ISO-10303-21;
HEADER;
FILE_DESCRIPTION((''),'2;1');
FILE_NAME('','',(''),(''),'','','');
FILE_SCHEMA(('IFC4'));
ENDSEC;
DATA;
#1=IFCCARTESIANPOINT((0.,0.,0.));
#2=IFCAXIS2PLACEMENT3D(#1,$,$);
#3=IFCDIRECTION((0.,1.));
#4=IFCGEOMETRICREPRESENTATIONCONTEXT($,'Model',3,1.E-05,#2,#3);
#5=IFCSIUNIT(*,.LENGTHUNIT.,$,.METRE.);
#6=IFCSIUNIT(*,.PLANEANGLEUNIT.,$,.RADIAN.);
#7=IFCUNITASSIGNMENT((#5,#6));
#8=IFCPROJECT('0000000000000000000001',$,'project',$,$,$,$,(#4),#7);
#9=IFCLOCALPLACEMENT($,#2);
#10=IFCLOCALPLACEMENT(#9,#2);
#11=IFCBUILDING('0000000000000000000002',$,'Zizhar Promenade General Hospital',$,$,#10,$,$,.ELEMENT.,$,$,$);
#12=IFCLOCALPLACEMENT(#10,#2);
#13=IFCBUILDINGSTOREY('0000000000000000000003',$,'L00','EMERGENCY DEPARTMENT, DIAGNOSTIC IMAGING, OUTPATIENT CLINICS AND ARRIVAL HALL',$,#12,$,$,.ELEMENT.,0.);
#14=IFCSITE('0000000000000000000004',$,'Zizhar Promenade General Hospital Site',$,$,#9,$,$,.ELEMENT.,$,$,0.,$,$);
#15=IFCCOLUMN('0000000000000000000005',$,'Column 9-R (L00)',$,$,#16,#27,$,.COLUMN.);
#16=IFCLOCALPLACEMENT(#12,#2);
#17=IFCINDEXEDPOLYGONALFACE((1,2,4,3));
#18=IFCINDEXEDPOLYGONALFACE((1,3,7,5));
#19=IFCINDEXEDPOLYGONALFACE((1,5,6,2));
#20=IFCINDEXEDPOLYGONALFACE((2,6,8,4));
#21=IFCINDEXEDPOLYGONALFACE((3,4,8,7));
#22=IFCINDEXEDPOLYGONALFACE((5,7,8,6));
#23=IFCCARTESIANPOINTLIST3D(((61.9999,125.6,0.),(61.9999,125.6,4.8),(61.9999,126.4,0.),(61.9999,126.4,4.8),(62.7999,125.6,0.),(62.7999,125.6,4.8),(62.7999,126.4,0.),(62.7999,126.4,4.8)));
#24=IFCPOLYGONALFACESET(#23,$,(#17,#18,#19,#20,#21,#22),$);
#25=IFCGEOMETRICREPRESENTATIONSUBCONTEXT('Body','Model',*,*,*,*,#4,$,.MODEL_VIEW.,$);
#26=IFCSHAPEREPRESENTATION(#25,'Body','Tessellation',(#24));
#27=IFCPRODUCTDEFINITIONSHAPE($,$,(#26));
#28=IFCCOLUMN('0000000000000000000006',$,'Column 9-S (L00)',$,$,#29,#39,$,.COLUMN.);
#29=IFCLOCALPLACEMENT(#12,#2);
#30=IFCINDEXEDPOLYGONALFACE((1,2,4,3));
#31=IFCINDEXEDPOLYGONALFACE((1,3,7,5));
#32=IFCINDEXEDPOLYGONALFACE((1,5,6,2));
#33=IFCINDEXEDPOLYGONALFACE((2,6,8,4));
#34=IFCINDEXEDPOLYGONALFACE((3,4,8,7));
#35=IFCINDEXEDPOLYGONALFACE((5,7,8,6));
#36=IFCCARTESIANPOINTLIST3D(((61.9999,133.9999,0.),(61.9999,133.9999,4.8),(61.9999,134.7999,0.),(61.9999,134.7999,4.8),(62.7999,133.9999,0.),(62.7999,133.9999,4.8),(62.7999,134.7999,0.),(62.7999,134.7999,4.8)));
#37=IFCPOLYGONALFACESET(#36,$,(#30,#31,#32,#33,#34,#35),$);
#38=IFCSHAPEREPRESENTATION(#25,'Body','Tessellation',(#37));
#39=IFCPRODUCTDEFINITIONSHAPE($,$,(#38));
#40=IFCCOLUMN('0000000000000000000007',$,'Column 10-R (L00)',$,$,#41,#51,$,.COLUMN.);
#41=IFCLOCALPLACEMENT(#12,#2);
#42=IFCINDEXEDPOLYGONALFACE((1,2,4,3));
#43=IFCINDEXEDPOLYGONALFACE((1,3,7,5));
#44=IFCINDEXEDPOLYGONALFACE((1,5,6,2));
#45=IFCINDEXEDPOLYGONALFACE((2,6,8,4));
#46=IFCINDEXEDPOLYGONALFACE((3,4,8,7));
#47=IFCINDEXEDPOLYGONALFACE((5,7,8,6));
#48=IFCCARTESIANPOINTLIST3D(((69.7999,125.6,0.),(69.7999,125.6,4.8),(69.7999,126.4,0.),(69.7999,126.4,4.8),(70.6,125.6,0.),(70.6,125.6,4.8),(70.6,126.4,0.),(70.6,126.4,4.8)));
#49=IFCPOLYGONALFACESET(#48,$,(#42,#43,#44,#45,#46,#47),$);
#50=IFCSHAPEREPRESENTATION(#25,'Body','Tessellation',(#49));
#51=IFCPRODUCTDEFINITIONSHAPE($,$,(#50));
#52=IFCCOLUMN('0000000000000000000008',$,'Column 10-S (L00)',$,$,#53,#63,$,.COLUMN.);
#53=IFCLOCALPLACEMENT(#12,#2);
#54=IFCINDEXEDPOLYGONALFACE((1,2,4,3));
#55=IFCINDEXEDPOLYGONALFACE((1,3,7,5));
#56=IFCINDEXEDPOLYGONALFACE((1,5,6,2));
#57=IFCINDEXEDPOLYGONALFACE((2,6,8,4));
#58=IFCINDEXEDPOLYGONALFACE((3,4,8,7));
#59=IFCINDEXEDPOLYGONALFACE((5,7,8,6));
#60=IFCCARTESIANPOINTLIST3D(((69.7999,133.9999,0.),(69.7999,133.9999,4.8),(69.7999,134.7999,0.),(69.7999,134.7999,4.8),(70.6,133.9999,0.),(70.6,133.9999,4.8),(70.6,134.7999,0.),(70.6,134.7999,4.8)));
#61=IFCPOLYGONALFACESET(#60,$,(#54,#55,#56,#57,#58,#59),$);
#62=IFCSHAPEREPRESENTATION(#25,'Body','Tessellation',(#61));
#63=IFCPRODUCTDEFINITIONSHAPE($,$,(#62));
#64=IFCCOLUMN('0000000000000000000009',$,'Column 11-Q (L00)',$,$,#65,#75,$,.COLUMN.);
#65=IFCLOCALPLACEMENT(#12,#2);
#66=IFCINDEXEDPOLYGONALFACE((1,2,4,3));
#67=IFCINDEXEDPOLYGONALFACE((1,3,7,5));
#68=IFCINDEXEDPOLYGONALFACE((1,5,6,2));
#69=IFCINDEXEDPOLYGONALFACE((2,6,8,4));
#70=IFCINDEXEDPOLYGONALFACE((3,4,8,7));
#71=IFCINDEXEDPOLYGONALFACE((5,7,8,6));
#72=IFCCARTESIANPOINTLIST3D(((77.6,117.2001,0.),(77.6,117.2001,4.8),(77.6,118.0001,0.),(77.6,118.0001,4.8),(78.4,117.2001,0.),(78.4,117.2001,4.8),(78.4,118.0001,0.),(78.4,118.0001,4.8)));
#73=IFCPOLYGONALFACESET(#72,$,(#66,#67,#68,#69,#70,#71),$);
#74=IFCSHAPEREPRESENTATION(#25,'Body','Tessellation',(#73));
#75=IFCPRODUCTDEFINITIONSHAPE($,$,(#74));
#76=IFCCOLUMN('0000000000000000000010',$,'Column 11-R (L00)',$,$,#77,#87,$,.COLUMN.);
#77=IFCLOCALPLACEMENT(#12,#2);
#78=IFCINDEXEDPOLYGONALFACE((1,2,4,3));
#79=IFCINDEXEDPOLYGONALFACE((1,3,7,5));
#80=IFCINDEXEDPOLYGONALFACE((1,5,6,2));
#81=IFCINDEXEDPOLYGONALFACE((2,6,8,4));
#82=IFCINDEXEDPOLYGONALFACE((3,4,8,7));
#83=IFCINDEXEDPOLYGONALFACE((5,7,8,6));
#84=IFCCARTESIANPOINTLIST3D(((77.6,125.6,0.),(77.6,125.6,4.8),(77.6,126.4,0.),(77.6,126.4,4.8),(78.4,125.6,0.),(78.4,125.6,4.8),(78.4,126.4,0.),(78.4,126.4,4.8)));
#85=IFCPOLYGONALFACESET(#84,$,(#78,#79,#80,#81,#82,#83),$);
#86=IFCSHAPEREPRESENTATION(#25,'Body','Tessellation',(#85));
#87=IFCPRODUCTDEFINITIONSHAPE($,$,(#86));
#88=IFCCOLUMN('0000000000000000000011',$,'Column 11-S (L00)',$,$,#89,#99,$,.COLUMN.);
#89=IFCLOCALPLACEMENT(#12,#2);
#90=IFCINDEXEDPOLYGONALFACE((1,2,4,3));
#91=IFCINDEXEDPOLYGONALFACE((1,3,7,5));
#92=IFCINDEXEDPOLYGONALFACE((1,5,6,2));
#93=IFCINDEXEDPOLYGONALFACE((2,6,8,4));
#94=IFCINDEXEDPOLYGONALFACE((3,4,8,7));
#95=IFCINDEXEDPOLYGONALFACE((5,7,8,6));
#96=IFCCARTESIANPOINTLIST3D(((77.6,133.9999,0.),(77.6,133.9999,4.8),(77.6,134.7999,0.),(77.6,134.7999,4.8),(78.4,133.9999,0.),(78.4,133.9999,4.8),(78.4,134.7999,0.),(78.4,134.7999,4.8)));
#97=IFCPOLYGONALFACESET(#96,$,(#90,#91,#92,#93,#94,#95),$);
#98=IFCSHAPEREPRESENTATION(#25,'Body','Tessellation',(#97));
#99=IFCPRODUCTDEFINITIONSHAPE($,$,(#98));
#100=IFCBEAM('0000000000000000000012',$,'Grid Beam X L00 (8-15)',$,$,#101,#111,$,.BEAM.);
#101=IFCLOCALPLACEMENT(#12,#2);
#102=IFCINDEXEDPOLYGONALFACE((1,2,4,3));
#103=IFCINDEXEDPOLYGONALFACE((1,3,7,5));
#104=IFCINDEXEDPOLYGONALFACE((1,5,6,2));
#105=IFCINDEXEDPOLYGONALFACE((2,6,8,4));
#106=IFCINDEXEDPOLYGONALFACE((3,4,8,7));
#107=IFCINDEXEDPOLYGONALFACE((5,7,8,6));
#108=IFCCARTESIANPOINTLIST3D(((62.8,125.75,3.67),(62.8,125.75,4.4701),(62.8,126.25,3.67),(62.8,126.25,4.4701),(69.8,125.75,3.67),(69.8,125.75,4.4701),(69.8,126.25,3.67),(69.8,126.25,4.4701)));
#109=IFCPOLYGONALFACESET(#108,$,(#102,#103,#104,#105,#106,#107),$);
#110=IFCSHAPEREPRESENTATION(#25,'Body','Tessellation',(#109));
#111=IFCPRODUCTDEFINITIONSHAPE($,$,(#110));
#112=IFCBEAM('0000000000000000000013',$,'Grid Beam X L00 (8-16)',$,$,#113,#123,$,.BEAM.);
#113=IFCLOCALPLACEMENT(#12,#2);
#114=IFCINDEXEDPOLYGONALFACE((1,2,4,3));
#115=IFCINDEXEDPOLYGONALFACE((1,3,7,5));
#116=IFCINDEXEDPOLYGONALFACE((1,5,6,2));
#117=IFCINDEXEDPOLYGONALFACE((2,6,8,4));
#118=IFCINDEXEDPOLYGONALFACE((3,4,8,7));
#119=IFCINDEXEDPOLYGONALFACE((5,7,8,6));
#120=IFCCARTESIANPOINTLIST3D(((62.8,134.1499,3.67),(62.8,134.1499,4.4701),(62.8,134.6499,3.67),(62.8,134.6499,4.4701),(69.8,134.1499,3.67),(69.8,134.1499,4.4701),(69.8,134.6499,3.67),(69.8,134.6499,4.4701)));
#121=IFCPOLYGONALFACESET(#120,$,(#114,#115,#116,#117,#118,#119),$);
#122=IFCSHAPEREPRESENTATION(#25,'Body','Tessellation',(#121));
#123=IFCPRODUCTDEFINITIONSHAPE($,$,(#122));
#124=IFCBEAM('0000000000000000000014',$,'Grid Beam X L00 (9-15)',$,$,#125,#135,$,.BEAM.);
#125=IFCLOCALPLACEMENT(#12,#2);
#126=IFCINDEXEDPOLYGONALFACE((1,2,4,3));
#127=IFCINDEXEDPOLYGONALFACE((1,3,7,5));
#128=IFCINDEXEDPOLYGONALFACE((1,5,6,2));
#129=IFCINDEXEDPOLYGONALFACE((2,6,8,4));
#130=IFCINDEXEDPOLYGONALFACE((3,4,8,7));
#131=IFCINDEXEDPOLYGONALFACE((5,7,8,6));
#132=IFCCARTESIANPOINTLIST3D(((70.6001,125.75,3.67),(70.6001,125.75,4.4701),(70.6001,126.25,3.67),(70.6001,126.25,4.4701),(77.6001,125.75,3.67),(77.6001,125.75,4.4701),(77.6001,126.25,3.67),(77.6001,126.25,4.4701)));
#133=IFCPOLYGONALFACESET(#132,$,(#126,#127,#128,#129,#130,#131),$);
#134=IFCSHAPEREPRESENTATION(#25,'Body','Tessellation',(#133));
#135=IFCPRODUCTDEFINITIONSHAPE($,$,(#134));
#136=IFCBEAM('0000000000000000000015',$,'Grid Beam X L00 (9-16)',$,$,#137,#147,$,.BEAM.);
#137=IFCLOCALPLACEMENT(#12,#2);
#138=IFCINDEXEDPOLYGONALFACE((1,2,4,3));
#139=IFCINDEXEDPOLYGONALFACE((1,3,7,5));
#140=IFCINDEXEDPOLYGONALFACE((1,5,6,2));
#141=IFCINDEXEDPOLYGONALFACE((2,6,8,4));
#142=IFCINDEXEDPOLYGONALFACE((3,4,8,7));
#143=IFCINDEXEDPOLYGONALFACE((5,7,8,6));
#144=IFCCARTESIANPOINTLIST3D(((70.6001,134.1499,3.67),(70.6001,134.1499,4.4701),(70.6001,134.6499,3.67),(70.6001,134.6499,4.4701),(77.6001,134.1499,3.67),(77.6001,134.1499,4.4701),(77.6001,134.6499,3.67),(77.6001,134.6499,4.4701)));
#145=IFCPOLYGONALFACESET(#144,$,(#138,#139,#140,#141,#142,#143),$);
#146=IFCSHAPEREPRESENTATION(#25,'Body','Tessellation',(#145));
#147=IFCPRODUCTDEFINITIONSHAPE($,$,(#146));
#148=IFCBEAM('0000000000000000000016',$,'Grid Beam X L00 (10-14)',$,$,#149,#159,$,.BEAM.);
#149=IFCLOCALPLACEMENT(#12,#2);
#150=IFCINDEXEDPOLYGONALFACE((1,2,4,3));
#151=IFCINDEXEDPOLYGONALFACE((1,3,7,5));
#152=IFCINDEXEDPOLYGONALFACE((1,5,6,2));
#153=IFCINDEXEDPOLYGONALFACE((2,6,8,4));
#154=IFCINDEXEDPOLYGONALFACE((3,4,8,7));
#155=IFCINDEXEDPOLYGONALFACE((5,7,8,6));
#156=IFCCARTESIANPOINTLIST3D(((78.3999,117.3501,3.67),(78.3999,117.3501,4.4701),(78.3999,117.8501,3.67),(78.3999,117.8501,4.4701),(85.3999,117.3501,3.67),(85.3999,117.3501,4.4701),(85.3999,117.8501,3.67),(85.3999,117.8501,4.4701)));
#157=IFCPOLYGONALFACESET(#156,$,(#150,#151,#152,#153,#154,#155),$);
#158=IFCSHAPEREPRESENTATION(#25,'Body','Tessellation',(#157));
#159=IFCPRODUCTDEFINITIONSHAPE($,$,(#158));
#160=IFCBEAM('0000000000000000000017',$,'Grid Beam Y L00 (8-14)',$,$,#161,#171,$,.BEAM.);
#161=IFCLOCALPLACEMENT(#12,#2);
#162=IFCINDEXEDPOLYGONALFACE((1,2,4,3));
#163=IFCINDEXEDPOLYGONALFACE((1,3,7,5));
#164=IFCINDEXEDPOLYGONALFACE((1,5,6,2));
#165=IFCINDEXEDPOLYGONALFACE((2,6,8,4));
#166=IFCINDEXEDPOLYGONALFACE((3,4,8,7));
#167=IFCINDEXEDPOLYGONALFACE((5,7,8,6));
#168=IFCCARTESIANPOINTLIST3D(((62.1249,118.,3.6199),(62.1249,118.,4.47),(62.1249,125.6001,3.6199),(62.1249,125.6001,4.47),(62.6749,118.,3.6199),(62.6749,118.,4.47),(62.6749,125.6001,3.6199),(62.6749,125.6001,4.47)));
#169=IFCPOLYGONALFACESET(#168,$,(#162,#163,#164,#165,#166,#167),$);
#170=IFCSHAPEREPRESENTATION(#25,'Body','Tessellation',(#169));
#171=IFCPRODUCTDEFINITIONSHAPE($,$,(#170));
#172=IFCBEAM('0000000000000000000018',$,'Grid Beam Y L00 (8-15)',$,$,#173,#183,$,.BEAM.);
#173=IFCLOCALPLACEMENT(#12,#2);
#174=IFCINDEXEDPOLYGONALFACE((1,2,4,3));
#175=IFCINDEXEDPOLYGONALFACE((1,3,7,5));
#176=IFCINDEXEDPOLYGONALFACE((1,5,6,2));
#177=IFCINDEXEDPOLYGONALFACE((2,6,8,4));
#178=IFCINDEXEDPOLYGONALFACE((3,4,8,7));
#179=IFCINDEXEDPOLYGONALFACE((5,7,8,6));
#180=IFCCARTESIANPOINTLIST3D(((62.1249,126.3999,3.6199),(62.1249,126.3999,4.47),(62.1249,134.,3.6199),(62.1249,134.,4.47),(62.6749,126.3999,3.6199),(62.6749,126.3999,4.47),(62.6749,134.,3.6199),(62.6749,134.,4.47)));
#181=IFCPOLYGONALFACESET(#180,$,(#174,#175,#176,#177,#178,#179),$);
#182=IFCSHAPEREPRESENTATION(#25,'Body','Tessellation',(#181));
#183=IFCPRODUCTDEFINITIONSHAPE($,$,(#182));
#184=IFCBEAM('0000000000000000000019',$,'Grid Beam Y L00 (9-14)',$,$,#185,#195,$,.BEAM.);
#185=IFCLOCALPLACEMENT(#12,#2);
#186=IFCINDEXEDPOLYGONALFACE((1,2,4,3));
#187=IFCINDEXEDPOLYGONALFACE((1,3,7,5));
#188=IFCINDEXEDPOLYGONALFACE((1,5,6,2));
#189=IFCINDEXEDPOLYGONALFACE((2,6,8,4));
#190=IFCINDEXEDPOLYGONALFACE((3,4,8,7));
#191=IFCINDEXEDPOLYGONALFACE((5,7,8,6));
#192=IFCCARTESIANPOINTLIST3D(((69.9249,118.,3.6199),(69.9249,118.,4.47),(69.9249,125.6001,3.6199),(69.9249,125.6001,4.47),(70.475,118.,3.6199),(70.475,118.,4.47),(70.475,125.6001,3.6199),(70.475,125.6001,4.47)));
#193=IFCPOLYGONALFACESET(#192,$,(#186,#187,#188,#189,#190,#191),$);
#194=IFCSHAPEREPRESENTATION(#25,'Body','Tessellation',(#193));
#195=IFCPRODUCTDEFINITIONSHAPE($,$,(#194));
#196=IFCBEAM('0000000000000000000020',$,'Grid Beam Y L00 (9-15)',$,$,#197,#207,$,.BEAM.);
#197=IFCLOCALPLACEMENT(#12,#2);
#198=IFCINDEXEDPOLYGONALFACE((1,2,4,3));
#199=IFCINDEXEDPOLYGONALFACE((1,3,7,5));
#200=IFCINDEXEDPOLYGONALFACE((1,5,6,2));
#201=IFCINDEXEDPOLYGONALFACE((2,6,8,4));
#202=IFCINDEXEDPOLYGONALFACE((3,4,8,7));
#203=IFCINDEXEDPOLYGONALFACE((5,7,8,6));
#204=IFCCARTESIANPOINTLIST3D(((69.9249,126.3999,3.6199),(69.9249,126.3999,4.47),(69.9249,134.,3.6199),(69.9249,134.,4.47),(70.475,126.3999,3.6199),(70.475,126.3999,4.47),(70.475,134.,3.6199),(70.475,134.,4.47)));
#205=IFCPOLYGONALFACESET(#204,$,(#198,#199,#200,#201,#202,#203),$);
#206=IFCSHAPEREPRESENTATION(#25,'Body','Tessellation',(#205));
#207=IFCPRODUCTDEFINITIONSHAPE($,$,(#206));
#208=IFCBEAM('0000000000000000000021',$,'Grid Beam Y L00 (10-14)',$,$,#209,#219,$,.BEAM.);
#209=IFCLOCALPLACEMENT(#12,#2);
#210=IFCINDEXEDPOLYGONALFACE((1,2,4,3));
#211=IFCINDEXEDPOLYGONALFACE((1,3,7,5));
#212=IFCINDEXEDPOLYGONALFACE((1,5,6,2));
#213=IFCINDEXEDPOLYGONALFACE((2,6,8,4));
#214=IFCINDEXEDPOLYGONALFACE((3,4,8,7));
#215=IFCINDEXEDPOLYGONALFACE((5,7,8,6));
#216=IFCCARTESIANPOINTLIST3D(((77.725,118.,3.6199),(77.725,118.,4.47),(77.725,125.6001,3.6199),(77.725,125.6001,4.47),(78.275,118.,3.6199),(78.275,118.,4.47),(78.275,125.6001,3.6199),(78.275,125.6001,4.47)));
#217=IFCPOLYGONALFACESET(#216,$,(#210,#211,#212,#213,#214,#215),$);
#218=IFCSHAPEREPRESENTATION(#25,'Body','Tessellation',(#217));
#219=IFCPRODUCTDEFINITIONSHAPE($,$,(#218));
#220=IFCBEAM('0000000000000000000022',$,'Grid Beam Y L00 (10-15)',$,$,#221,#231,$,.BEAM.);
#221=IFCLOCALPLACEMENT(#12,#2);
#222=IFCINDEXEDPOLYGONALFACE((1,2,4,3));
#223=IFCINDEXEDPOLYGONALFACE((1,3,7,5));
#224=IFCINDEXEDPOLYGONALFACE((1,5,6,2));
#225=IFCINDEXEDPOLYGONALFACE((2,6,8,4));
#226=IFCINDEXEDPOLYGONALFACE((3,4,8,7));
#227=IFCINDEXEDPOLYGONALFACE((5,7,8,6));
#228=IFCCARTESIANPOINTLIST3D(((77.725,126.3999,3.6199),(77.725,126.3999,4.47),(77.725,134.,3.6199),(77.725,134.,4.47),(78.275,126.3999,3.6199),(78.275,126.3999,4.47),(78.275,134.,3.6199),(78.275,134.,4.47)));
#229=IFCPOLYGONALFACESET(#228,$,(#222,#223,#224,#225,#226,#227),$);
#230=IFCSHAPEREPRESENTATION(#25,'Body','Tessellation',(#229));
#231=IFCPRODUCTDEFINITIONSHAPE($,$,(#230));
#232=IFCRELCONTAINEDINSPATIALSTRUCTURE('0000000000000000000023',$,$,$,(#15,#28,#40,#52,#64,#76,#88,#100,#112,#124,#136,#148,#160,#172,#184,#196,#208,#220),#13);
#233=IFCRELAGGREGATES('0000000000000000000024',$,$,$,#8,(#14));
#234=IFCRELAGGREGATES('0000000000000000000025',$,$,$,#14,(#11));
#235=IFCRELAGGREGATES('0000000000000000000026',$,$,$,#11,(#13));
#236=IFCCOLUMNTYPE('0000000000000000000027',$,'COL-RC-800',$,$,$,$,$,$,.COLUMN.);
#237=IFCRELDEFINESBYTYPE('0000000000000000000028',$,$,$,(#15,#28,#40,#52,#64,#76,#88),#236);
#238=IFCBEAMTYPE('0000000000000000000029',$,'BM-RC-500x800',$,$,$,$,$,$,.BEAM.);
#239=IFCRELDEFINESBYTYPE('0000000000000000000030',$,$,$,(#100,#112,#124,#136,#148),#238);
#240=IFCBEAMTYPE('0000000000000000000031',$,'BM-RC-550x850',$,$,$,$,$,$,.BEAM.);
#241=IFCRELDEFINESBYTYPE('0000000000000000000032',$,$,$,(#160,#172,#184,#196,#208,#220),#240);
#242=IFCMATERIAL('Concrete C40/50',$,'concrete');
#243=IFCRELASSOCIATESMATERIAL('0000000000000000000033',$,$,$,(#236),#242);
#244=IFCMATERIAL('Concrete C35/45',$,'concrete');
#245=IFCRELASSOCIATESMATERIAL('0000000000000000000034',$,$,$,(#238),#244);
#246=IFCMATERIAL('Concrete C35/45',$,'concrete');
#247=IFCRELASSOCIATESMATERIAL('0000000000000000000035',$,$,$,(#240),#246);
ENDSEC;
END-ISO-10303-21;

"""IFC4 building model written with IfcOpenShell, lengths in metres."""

from ifc_helpers import new_model, si_unit, direction, frame, origin, origin_2d, place, context, subcontext, project, spatial, rectangle, extrude, material, material_profile, profile_set, type_object, element, save


model = new_model("IFC4")

# Units and contexts
model_context = context("Model", 3, precision=1e-05, world=origin(), true_north=direction((0.0, 1.0)))
body_context = subcontext(model_context, "Body", "Model", "MODEL_VIEW")
ifc_project = project(units=[si_unit("LENGTHUNIT", "METRE"), si_unit("PLANEANGLEUNIT", "RADIAN")], contexts=[model_context])

# Site, building, storey
site_placement = place(None, origin())
site = spatial("IfcSite", under=ifc_project, at=site_placement, Name="Zizhar Promenade General Hospital Site", CompositionType="ELEMENT", RefElevation=0.0)
building_placement = place(site_placement, origin())
building = spatial("IfcBuilding", under=site, at=building_placement, Name="Zizhar Promenade General Hospital", CompositionType="ELEMENT")
storey_placement = place(building_placement, origin())
storey = spatial("IfcBuildingStorey", under=building, at=storey_placement, Name="L00", Description="EMERGENCY DEPARTMENT, DIAGNOSTIC IMAGING, OUTPATIENT CLINICS AND ARRIVAL HALL", CompositionType="ELEMENT", Elevation=0.0)

# Columns
ifc_material_1 = material(Name="Concrete C40/50", Category="concrete")
ifc_material_profile_1 = material_profile(ifc_material_1, rectangle(XDim=0.8, YDim=0.8, at=origin_2d()))
ifc_profile_set_1 = profile_set([ifc_material_profile_1], Name="Concrete C40/50")
column_type = type_object("IfcColumnType", Name="COL-RC-800", PredefinedType="COLUMN", material=ifc_profile_set_1)
for number, where, z_axis, x_axis, name in (
    (1, (62.3999, 126.0, 0.0), (0.0, 0.0, 1.0), (1.0, 0.0, 0.0), "Column 9-R (L00)"),
    (2, (62.3999, 134.3999, 0.0), (0.0, 0.0, 1.0), (1.0, 0.0, 0.0), "Column 9-S (L00)"),
    (3, (70.2, 126.0, 0.0), (0.0, 0.0, 1.0), (1.0, 0.0, 0.0), "Column 10-R (L00)"),
    (4, (70.2, 134.3999, 0.0), (0.0, 0.0, 1.0), (1.0, 0.0, 0.0), "Column 10-S (L00)"),
    (5, (78.0, 117.6001, 0.0), (0.0, 0.0, 1.0), (1.0, 0.0, 0.0), "Column 11-Q (L00)"),
    (6, (78.0, 126.0, 0.0), (0.0, 0.0, 1.0), (1.0, 0.0, 0.0), "Column 11-R (L00)"),
    (7, (78.0, 134.3999, 0.0), (0.0, 0.0, 1.0), (1.0, 0.0, 0.0), "Column 11-S (L00)"),
):
    element("IfcColumn", number, at=place(storey_placement, frame(where, z_axis=z_axis, x_axis=x_axis)), inside=storey, type_object=column_type, Name=name, PredefinedType="COLUMN", context=body_context, shape_type="SweptSolid", body=[
        extrude(rectangle(XDim=0.8, YDim=0.8, at=origin_2d()), origin(), (0.0, 0.0, 1.0), 4.8),
    ])

# Beams
ifc_material_2 = material(Name="Concrete C35/45", Category="concrete")
ifc_material_profile_2 = material_profile(ifc_material_2, rectangle(XDim=0.5, YDim=0.8, at=origin_2d()))
ifc_profile_set_2 = profile_set([ifc_material_profile_2], Name="Concrete C35/45")
beam_type_1 = type_object("IfcBeamType", Name="BM-RC-500x800", PredefinedType="BEAM", material=ifc_profile_set_2)
for number, where, z_axis, x_axis, name in (
    (8, (62.8, 126.0, 4.0701), (1.0, 0.0, 0.0), (0.0, 1.0, 0.0), "Grid Beam X L00 (8-15)"),
    (9, (62.8, 134.3999, 4.0701), (1.0, 0.0, 0.0), (0.0, 1.0, 0.0), "Grid Beam X L00 (8-16)"),
    (10, (70.6001, 126.0, 4.0701), (1.0, 0.0, 0.0), (0.0, 1.0, 0.0), "Grid Beam X L00 (9-15)"),
    (11, (70.6001, 134.3999, 4.0701), (1.0, 0.0, 0.0), (0.0, 1.0, 0.0), "Grid Beam X L00 (9-16)"),
    (12, (78.3999, 117.6001, 4.0701), (1.0, 0.0, 0.0), (0.0, 1.0, 0.0), "Grid Beam X L00 (10-14)"),
):
    element("IfcBeam", number, at=place(storey_placement, frame(where, z_axis=z_axis, x_axis=x_axis)), inside=storey, type_object=beam_type_1, Name=name, PredefinedType="BEAM", context=body_context, shape_type="SweptSolid", body=[
        extrude(rectangle(XDim=0.5, YDim=0.8, at=origin_2d()), origin(), (0.0, 0.0, 1.0), 7.0),
    ])
ifc_material_3 = material(Name="Concrete C35/45", Category="concrete")
ifc_material_profile_3 = material_profile(ifc_material_3, rectangle(XDim=0.55, YDim=0.8501, at=origin_2d()))
ifc_profile_set_3 = profile_set([ifc_material_profile_3], Name="Concrete C35/45")
beam_type_2 = type_object("IfcBeamType", Name="BM-RC-550x850", PredefinedType="BEAM", material=ifc_profile_set_3)
for number, where, z_axis, x_axis, name in (
    (13, (62.3999, 118.0, 4.0449), (0.0, 1.0, 0.0), (-1.0, 0.0, 0.0), "Grid Beam Y L00 (8-14)"),
    (14, (62.3999, 126.3999, 4.0449), (0.0, 1.0, 0.0), (-1.0, 0.0, 0.0), "Grid Beam Y L00 (8-15)"),
    (15, (70.2, 118.0, 4.0449), (0.0, 1.0, 0.0), (-1.0, 0.0, 0.0), "Grid Beam Y L00 (9-14)"),
    (16, (70.2, 126.3999, 4.0449), (0.0, 1.0, 0.0), (-1.0, 0.0, 0.0), "Grid Beam Y L00 (9-15)"),
    (17, (78.0, 118.0, 4.0449), (0.0, 1.0, 0.0), (-1.0, 0.0, 0.0), "Grid Beam Y L00 (10-14)"),
    (18, (78.0, 126.3999, 4.0449), (0.0, 1.0, 0.0), (-1.0, 0.0, 0.0), "Grid Beam Y L00 (10-15)"),
):
    element("IfcBeam", number, at=place(storey_placement, frame(where, z_axis=z_axis, x_axis=x_axis)), inside=storey, type_object=beam_type_2, Name=name, PredefinedType="BEAM", context=body_context, shape_type="SweptSolid", body=[
        extrude(rectangle(XDim=0.55, YDim=0.8501, at=origin_2d()), origin(), (0.0, 0.0, 1.0), 7.6001),
    ])

save(model, "model.ifc")
